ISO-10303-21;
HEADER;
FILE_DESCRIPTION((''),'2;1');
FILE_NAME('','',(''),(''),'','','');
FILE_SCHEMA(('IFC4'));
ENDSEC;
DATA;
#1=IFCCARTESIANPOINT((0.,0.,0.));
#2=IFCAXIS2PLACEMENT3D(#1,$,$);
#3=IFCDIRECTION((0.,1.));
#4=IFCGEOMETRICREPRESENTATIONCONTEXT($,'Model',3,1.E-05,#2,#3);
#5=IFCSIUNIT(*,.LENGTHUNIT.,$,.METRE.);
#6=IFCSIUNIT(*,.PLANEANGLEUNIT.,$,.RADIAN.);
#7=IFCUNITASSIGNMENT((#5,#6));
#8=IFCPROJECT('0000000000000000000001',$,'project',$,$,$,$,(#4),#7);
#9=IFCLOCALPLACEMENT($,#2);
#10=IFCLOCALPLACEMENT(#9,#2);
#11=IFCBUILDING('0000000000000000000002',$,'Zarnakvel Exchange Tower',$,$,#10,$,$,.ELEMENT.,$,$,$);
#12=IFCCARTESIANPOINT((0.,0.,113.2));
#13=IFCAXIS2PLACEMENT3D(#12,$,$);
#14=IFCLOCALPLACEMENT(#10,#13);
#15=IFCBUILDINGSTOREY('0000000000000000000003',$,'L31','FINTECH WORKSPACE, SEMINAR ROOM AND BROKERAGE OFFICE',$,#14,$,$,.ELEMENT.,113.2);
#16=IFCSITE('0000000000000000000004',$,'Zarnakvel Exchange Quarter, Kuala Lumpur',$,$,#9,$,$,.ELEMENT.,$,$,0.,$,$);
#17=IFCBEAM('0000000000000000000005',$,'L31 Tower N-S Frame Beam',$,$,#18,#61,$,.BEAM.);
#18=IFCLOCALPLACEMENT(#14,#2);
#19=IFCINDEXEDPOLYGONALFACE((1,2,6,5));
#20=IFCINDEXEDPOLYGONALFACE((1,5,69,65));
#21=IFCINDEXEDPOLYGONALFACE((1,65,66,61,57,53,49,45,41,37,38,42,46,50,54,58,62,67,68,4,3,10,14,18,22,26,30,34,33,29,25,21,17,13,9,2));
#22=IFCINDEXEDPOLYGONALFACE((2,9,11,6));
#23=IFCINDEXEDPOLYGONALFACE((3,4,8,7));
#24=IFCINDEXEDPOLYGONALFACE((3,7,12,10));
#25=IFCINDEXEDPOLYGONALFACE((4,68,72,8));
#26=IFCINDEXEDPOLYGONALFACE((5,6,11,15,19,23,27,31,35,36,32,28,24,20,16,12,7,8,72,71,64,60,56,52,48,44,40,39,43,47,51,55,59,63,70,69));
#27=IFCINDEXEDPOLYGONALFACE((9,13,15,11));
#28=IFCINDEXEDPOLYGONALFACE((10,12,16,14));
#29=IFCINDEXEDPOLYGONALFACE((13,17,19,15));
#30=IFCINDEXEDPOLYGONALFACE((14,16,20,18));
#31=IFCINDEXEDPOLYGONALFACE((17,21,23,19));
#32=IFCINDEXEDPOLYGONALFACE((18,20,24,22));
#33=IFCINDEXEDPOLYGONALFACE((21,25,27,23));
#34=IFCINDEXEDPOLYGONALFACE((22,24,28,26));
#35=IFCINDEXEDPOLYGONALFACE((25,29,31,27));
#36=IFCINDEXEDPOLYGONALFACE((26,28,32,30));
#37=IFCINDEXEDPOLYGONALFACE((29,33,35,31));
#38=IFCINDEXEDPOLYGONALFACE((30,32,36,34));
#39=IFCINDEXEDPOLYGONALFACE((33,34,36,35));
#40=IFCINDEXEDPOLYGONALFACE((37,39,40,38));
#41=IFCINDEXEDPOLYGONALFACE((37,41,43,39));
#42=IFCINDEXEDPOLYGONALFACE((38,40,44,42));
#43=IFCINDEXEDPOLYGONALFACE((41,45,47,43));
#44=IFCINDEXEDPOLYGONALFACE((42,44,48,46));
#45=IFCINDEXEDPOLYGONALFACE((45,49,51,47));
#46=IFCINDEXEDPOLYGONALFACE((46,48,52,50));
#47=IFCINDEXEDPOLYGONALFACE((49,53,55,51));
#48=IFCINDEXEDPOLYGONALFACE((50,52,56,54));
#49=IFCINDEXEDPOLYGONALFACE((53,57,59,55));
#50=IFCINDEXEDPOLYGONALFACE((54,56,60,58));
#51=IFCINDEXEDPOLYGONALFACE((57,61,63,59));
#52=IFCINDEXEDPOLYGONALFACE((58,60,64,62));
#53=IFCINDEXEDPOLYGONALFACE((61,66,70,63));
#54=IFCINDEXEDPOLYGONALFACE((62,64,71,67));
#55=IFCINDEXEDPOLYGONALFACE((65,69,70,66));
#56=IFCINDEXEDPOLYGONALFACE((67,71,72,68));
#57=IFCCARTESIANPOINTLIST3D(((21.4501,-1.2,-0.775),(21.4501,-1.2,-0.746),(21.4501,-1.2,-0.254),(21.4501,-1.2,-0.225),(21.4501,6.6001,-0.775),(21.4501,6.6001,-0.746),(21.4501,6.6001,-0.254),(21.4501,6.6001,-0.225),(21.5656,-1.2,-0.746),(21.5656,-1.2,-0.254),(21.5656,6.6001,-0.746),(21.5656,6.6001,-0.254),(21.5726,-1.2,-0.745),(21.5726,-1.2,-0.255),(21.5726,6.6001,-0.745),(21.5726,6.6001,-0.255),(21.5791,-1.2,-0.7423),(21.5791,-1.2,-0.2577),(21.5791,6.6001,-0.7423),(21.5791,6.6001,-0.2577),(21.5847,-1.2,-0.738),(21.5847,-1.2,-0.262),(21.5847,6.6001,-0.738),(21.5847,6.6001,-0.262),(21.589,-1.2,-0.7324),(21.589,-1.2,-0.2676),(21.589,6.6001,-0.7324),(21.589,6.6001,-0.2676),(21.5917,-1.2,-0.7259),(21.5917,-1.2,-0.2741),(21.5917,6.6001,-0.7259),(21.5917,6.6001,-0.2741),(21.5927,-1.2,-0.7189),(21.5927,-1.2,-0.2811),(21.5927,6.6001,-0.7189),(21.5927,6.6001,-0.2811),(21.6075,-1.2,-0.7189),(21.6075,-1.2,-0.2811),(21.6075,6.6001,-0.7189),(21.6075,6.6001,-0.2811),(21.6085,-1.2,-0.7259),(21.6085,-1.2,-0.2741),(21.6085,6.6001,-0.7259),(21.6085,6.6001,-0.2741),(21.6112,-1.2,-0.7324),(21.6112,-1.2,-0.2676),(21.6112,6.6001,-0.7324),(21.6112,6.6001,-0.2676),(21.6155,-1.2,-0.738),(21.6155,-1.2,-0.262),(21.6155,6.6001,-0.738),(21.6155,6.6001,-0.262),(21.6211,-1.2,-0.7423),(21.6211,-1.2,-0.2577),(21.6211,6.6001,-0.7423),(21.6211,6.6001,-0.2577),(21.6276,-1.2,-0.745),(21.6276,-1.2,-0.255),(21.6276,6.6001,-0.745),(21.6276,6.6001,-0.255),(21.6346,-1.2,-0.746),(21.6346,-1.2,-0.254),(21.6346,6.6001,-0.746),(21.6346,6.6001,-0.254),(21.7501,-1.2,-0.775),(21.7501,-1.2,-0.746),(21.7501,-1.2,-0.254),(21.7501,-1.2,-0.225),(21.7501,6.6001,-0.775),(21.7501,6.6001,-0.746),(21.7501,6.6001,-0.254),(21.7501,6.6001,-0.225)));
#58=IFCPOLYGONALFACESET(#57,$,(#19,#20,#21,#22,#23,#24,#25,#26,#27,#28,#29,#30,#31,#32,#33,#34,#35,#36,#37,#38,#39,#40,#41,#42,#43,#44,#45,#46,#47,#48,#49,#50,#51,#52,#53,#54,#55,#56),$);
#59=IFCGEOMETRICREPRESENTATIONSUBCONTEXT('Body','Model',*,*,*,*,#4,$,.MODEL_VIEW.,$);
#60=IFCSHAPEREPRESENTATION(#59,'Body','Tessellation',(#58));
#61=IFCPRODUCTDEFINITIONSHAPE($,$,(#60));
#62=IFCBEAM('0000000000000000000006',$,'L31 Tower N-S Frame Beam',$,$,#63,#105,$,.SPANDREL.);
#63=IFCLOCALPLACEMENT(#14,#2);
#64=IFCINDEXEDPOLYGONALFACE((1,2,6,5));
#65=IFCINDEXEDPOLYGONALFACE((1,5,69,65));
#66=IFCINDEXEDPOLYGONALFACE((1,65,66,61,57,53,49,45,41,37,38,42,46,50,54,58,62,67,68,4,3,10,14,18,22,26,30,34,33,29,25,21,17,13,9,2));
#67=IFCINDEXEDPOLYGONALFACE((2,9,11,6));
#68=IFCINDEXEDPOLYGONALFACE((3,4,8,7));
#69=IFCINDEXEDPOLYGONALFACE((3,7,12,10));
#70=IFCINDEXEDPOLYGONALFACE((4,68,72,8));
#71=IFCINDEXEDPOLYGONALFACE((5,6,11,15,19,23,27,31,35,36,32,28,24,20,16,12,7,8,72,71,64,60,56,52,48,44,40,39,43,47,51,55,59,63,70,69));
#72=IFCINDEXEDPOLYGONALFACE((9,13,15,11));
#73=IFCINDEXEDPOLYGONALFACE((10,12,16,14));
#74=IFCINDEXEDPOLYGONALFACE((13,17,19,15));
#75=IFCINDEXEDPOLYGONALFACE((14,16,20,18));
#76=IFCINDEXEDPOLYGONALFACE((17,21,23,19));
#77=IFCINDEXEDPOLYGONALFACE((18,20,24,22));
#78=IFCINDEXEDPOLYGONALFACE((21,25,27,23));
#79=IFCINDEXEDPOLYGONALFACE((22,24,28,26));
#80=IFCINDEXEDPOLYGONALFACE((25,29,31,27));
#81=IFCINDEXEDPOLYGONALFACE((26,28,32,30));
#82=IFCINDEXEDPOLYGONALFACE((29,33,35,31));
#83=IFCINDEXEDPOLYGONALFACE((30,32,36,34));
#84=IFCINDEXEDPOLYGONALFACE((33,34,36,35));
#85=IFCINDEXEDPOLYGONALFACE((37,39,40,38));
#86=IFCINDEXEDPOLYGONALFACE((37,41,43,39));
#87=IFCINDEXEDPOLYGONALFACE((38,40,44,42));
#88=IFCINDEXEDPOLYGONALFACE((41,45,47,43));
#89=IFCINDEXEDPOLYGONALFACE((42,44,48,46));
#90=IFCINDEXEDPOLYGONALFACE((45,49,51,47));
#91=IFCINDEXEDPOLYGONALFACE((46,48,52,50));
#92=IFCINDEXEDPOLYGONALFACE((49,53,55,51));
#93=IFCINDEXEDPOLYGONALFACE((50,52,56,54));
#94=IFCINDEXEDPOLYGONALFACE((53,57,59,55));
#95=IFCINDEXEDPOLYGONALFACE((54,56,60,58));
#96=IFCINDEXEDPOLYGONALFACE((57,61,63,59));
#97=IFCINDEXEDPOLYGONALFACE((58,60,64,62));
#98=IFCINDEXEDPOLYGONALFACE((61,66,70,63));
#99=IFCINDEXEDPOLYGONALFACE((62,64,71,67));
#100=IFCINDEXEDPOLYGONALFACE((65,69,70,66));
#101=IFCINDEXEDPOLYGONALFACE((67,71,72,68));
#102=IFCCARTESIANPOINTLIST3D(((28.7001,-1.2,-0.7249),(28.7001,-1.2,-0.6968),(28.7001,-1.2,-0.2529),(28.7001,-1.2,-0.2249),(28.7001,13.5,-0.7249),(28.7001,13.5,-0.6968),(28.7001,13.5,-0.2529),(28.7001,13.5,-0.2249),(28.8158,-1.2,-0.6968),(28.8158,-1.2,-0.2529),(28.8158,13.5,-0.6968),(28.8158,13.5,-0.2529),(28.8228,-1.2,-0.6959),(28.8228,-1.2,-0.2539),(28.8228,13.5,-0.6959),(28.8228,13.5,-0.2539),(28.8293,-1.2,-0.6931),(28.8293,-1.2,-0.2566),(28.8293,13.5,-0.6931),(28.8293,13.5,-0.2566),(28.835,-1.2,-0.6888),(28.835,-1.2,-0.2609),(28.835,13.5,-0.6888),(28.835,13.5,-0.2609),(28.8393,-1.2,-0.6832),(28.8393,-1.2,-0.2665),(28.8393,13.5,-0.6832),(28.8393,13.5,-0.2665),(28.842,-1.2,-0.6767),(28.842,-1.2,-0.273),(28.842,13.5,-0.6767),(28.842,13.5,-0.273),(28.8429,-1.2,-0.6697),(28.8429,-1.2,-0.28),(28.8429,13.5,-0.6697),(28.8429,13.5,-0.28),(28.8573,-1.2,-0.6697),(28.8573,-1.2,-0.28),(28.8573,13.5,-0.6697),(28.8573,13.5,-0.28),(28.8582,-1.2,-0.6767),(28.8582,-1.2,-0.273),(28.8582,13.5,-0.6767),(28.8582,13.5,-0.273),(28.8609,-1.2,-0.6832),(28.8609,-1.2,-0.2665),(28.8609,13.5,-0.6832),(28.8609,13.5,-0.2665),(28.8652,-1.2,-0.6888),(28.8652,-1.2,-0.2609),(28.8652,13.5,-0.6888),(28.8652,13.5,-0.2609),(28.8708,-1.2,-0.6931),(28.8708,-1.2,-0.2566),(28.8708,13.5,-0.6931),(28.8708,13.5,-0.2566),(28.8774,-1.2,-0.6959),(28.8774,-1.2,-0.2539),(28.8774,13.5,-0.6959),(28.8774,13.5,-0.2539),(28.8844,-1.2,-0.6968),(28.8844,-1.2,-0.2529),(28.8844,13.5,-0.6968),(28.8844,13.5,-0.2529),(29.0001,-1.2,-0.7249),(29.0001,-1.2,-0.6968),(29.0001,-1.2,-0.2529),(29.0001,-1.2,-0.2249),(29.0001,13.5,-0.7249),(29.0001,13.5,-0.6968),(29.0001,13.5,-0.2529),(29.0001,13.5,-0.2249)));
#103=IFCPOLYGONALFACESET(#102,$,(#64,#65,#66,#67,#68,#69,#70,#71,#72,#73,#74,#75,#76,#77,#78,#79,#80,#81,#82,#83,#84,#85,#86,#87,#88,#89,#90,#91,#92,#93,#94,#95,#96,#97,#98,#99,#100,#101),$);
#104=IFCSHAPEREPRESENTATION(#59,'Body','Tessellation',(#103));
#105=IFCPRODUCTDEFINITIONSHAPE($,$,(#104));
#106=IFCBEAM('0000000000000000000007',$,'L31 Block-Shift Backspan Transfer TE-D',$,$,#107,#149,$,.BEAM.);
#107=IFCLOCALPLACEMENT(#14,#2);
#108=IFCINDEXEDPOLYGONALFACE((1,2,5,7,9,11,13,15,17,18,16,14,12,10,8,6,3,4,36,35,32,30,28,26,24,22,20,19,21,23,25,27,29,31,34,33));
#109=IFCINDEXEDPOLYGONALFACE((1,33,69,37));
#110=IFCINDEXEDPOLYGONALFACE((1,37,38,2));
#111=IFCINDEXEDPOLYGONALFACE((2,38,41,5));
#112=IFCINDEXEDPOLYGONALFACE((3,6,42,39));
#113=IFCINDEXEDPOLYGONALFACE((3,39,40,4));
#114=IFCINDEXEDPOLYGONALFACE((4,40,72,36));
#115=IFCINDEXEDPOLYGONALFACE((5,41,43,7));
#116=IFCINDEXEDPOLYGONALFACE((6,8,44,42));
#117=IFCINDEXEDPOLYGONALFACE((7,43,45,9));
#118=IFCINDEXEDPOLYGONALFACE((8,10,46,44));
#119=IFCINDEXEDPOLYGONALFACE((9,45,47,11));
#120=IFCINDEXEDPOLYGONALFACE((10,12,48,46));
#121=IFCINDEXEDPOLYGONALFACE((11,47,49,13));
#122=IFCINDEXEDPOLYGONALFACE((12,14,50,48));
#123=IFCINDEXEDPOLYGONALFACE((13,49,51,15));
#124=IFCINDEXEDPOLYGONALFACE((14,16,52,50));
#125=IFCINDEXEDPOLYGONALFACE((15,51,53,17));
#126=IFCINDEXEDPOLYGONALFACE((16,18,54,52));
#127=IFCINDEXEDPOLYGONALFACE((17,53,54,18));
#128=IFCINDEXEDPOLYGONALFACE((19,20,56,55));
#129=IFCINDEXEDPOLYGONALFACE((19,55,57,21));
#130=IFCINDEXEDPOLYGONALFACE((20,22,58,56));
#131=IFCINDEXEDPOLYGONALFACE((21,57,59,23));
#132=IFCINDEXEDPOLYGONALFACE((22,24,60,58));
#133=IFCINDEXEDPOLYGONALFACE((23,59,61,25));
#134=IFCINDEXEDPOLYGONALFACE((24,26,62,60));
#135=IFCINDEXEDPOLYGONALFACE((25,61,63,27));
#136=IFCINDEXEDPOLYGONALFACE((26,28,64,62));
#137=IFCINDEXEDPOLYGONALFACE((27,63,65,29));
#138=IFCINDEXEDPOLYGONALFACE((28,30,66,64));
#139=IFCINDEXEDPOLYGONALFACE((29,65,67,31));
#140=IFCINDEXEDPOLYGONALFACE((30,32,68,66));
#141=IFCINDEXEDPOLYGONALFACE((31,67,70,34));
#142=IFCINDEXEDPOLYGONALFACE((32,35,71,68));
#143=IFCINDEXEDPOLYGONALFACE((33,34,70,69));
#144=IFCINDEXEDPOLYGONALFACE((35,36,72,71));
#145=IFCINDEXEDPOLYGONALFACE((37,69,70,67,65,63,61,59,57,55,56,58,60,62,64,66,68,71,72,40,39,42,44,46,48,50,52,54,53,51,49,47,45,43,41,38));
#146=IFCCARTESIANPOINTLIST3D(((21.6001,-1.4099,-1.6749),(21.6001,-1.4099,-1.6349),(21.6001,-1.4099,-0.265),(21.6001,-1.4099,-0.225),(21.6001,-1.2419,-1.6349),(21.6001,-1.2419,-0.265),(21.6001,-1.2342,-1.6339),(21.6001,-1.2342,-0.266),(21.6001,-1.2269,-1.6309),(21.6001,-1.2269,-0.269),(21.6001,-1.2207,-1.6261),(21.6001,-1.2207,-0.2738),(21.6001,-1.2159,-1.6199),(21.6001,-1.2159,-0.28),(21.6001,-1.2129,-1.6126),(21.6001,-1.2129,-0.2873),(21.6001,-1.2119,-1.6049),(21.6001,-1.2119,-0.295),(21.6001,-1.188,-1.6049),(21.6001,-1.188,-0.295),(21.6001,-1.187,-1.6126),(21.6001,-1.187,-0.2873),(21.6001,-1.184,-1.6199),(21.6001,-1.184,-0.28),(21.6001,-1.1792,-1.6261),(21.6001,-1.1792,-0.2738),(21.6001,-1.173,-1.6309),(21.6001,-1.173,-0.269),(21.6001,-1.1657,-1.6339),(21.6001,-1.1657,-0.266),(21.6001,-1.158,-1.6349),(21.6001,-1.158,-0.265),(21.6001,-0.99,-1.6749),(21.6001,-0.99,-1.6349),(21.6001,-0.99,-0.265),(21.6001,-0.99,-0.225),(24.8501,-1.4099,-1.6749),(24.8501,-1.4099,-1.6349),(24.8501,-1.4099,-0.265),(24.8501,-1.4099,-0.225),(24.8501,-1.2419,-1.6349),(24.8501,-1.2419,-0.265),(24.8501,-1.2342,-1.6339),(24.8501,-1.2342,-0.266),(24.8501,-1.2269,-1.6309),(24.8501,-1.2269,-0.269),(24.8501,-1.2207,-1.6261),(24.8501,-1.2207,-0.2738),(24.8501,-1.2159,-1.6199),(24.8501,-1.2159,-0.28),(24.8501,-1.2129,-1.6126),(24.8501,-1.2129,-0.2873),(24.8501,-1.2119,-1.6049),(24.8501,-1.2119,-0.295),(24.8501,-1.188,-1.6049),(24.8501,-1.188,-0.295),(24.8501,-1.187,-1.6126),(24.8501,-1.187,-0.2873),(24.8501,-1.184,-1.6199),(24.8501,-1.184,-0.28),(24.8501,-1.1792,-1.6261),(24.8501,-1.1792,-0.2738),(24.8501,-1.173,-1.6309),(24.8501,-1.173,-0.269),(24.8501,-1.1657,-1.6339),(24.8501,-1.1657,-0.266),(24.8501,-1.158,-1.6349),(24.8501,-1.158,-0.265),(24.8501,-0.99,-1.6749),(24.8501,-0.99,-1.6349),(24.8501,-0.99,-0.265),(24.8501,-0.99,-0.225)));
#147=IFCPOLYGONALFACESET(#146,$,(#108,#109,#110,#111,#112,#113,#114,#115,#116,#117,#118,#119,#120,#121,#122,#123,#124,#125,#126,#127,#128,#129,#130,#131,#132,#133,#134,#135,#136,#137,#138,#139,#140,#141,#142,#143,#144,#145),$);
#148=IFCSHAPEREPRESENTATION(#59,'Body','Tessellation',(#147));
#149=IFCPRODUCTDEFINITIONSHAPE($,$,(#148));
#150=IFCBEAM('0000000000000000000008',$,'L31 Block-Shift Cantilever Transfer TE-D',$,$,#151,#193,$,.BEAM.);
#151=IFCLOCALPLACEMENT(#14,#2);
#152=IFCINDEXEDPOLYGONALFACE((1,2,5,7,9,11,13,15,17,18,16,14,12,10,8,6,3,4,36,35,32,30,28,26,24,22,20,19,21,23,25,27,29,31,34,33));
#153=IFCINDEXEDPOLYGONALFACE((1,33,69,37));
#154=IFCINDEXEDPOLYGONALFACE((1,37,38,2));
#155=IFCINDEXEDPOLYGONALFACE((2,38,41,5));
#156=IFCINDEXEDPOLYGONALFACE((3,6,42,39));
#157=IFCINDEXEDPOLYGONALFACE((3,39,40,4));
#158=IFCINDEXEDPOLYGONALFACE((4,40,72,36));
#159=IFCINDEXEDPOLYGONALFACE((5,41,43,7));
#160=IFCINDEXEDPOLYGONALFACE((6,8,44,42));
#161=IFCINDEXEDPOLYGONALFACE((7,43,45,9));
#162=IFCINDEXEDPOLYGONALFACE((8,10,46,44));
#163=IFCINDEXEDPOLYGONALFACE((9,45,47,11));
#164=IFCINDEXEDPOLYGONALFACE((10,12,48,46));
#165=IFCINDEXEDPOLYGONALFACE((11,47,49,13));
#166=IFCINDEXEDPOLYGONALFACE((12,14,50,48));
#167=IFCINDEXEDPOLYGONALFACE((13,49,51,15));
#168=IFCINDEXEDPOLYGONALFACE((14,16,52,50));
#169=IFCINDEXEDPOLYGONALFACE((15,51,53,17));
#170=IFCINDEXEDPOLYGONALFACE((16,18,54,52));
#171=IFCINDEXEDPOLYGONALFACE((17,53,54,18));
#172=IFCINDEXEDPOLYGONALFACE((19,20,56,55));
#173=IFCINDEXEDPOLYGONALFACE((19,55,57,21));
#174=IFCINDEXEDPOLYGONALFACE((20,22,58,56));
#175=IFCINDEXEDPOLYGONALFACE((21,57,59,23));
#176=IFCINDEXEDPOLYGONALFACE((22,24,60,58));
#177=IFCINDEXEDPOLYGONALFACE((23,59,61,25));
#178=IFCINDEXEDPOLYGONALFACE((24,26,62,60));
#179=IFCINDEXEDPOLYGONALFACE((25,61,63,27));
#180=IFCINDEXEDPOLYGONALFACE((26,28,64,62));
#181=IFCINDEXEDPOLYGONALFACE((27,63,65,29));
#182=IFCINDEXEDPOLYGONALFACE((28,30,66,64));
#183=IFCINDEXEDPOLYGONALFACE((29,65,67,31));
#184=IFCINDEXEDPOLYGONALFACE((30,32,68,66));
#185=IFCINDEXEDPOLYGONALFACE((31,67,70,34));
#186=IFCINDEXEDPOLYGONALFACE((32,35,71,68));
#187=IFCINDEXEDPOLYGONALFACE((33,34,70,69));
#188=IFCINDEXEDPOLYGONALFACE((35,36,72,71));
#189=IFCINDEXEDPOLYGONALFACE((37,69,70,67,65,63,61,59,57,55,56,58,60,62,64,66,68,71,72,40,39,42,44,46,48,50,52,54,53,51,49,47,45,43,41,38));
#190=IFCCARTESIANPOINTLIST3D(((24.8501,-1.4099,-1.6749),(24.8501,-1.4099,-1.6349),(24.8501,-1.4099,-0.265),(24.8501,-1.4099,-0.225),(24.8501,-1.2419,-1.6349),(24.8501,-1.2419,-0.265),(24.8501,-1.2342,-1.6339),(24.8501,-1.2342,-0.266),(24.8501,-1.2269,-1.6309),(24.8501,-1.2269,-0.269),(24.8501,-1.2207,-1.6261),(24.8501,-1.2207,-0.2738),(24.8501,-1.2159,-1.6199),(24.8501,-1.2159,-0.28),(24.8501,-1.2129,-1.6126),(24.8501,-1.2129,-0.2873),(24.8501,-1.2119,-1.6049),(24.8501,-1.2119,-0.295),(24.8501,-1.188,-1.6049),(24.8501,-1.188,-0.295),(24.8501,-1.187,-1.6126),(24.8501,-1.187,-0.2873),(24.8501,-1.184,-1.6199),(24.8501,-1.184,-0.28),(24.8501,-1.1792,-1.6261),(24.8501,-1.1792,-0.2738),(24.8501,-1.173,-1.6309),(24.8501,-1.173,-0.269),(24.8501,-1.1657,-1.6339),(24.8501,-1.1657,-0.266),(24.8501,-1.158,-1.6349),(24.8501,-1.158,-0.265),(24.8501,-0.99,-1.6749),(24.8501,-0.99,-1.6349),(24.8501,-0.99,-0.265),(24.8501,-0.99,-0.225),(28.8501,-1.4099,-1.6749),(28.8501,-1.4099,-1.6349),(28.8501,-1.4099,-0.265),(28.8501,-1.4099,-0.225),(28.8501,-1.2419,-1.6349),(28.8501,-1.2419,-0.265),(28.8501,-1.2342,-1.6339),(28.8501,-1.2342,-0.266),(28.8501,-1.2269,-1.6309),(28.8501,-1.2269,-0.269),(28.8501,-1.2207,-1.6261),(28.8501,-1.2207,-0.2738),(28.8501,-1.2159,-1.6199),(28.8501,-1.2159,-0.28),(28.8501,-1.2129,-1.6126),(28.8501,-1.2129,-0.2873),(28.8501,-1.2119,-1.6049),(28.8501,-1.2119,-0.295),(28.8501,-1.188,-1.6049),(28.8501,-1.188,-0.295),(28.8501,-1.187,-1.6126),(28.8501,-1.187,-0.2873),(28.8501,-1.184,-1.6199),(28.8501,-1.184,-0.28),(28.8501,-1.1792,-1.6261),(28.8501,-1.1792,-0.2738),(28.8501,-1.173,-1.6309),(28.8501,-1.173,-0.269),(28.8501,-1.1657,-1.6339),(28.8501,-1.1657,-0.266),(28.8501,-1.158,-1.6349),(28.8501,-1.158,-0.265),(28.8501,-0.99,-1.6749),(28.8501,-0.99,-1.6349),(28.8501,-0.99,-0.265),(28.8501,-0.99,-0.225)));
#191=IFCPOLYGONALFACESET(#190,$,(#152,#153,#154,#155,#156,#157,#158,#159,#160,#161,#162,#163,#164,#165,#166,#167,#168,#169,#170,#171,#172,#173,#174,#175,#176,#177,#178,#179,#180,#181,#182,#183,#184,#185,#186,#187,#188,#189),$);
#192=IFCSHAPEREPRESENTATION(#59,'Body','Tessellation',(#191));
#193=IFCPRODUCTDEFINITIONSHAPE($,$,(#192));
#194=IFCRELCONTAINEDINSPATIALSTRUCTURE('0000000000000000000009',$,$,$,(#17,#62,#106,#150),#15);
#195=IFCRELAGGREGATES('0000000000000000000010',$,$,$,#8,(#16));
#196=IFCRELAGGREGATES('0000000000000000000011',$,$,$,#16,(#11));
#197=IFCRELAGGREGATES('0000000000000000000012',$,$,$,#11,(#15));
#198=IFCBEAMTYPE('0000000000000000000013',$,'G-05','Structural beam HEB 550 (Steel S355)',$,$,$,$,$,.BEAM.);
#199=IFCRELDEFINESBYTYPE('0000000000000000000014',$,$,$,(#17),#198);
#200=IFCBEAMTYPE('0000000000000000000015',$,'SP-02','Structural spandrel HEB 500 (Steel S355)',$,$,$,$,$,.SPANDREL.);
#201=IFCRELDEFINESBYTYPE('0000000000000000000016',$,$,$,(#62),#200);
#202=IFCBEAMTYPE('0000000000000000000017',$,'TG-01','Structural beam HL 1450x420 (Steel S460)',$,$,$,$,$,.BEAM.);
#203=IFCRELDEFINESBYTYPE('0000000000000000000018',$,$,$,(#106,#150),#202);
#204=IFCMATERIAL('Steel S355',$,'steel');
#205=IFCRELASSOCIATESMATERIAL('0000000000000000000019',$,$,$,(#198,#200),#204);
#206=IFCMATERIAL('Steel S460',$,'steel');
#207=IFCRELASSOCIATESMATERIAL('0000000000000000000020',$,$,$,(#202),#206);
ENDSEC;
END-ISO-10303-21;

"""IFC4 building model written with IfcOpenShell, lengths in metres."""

from ifc_helpers import new_model, si_unit, direction, frame, origin, origin_2d, place, context, subcontext, project, spatial, i_section, extrude, material, material_profile, profile_set, type_object, element, save


model = new_model("IFC4")

# Units and contexts
model_context = context("Model", 3, precision=1e-05, world=origin(), true_north=direction((0.0, 1.0)))
body_context = subcontext(model_context, "Body", "Model", "MODEL_VIEW")
ifc_project = project(units=[si_unit("LENGTHUNIT", "METRE"), si_unit("PLANEANGLEUNIT", "RADIAN")], contexts=[model_context])

# Site, building, storey
site_placement = place(None, origin())
site = spatial("IfcSite", under=ifc_project, at=site_placement, Name="Zarnakvel Exchange Quarter, Kuala Lumpur", CompositionType="ELEMENT", RefElevation=0.0)
building_placement = place(site_placement, origin())
building = spatial("IfcBuilding", under=site, at=building_placement, Name="Zarnakvel Exchange Tower", CompositionType="ELEMENT")
storey_placement = place(building_placement, frame((0.0, 0.0, 113.2)))
storey = spatial("IfcBuildingStorey", under=building, at=storey_placement, Name="L31", Description="FINTECH WORKSPACE, SEMINAR ROOM AND BROKERAGE OFFICE", CompositionType="ELEMENT", Elevation=113.2)

# Shared definitions
ifc_material_1 = material(Name="Steel S355", Category="steel")

# Beams
ifc_material_profile_1 = material_profile(ifc_material_1, i_section(OverallWidth=0.3, OverallDepth=0.55, WebThickness=0.0149, FlangeThickness=0.0291, FilletRadius=0.0271, at=origin_2d()))
ifc_profile_set_1 = profile_set([ifc_material_profile_1], Name="Steel S355")
beam_type_1 = type_object("IfcBeamType", Name="G-05", Description="Structural beam HEB 550 (Steel S355)", PredefinedType="BEAM", material=ifc_profile_set_1)
beam_1_placement = place(storey_placement, frame((21.6001, -1.2, -0.5), z_axis=(0.0, 1.0, 0.0), x_axis=(-1.0, 0.0, 0.0)))
element("IfcBeam", 1, at=beam_1_placement, inside=storey, type_object=beam_type_1, Name="L31 Tower N-S Frame Beam", PredefinedType="BEAM", context=body_context, shape_type="SweptSolid", body=[
    extrude(i_section(OverallWidth=0.3, OverallDepth=0.55, WebThickness=0.0149, FlangeThickness=0.0291, FilletRadius=0.0271, at=origin_2d()), origin(), (0.0, 0.0, 1.0), 7.8),
])
ifc_material_profile_2 = material_profile(ifc_material_1, i_section(OverallWidth=0.3, OverallDepth=0.5, WebThickness=0.0144, FlangeThickness=0.0281, FilletRadius=0.0271, at=origin_2d()))
ifc_profile_set_2 = profile_set([ifc_material_profile_2], Name="Steel S355")
beam_type_2 = type_object("IfcBeamType", Name="SP-02", Description="Structural spandrel HEB 500 (Steel S355)", PredefinedType="SPANDREL", material=ifc_profile_set_2)
beam_2_placement = place(storey_placement, frame((28.8501, -1.2, -0.4749), z_axis=(0.0, 1.0, 0.0), x_axis=(-1.0, 0.0, 0.0)))
element("IfcBeam", 2, at=beam_2_placement, inside=storey, type_object=beam_type_2, Name="L31 Tower N-S Frame Beam", PredefinedType="SPANDREL", context=body_context, shape_type="SweptSolid", body=[
    extrude(i_section(OverallWidth=0.3, OverallDepth=0.5, WebThickness=0.0144, FlangeThickness=0.0281, FilletRadius=0.0271, at=origin_2d()), origin(), (0.0, 0.0, 1.0), 14.7),
])
ifc_material_2 = material(Name="Steel S460", Category="steel")
ifc_material_profile_3 = material_profile(ifc_material_2, i_section(OverallWidth=0.4199, OverallDepth=1.45, WebThickness=0.0239, FlangeThickness=0.04, FilletRadius=0.03, at=origin_2d()))
ifc_profile_set_3 = profile_set([ifc_material_profile_3], Name="Steel S460")
beam_type_3 = type_object("IfcBeamType", Name="TG-01", Description="Structural beam HL 1450x420 (Steel S460)", PredefinedType="BEAM", material=ifc_profile_set_3)
beam_3_placement = place(storey_placement, frame((21.6001, -1.2, -0.95), z_axis=(1.0, 0.0, 0.0), x_axis=(0.0, 1.0, 0.0)))
element("IfcBeam", 3, at=beam_3_placement, inside=storey, type_object=beam_type_3, Name="L31 Block-Shift Backspan Transfer TE-D", PredefinedType="BEAM", context=body_context, shape_type="SweptSolid", body=[
    extrude(i_section(OverallWidth=0.4199, OverallDepth=1.45, WebThickness=0.0239, FlangeThickness=0.04, FilletRadius=0.03, at=origin_2d()), origin(), (0.0, 0.0, 1.0), 3.25),
])
beam_4_placement = place(storey_placement, frame((24.8501, -1.2, -0.95), z_axis=(1.0, 0.0, 0.0), x_axis=(0.0, 1.0, 0.0)))
element("IfcBeam", 4, at=beam_4_placement, inside=storey, type_object=beam_type_3, Name="L31 Block-Shift Cantilever Transfer TE-D", PredefinedType="BEAM", context=body_context, shape_type="SweptSolid", body=[
    extrude(i_section(OverallWidth=0.4199, OverallDepth=1.45, WebThickness=0.0239, FlangeThickness=0.04, FilletRadius=0.03, at=origin_2d()), origin(), (0.0, 0.0, 1.0), 4.0),
])

save(model, "model.ifc")
